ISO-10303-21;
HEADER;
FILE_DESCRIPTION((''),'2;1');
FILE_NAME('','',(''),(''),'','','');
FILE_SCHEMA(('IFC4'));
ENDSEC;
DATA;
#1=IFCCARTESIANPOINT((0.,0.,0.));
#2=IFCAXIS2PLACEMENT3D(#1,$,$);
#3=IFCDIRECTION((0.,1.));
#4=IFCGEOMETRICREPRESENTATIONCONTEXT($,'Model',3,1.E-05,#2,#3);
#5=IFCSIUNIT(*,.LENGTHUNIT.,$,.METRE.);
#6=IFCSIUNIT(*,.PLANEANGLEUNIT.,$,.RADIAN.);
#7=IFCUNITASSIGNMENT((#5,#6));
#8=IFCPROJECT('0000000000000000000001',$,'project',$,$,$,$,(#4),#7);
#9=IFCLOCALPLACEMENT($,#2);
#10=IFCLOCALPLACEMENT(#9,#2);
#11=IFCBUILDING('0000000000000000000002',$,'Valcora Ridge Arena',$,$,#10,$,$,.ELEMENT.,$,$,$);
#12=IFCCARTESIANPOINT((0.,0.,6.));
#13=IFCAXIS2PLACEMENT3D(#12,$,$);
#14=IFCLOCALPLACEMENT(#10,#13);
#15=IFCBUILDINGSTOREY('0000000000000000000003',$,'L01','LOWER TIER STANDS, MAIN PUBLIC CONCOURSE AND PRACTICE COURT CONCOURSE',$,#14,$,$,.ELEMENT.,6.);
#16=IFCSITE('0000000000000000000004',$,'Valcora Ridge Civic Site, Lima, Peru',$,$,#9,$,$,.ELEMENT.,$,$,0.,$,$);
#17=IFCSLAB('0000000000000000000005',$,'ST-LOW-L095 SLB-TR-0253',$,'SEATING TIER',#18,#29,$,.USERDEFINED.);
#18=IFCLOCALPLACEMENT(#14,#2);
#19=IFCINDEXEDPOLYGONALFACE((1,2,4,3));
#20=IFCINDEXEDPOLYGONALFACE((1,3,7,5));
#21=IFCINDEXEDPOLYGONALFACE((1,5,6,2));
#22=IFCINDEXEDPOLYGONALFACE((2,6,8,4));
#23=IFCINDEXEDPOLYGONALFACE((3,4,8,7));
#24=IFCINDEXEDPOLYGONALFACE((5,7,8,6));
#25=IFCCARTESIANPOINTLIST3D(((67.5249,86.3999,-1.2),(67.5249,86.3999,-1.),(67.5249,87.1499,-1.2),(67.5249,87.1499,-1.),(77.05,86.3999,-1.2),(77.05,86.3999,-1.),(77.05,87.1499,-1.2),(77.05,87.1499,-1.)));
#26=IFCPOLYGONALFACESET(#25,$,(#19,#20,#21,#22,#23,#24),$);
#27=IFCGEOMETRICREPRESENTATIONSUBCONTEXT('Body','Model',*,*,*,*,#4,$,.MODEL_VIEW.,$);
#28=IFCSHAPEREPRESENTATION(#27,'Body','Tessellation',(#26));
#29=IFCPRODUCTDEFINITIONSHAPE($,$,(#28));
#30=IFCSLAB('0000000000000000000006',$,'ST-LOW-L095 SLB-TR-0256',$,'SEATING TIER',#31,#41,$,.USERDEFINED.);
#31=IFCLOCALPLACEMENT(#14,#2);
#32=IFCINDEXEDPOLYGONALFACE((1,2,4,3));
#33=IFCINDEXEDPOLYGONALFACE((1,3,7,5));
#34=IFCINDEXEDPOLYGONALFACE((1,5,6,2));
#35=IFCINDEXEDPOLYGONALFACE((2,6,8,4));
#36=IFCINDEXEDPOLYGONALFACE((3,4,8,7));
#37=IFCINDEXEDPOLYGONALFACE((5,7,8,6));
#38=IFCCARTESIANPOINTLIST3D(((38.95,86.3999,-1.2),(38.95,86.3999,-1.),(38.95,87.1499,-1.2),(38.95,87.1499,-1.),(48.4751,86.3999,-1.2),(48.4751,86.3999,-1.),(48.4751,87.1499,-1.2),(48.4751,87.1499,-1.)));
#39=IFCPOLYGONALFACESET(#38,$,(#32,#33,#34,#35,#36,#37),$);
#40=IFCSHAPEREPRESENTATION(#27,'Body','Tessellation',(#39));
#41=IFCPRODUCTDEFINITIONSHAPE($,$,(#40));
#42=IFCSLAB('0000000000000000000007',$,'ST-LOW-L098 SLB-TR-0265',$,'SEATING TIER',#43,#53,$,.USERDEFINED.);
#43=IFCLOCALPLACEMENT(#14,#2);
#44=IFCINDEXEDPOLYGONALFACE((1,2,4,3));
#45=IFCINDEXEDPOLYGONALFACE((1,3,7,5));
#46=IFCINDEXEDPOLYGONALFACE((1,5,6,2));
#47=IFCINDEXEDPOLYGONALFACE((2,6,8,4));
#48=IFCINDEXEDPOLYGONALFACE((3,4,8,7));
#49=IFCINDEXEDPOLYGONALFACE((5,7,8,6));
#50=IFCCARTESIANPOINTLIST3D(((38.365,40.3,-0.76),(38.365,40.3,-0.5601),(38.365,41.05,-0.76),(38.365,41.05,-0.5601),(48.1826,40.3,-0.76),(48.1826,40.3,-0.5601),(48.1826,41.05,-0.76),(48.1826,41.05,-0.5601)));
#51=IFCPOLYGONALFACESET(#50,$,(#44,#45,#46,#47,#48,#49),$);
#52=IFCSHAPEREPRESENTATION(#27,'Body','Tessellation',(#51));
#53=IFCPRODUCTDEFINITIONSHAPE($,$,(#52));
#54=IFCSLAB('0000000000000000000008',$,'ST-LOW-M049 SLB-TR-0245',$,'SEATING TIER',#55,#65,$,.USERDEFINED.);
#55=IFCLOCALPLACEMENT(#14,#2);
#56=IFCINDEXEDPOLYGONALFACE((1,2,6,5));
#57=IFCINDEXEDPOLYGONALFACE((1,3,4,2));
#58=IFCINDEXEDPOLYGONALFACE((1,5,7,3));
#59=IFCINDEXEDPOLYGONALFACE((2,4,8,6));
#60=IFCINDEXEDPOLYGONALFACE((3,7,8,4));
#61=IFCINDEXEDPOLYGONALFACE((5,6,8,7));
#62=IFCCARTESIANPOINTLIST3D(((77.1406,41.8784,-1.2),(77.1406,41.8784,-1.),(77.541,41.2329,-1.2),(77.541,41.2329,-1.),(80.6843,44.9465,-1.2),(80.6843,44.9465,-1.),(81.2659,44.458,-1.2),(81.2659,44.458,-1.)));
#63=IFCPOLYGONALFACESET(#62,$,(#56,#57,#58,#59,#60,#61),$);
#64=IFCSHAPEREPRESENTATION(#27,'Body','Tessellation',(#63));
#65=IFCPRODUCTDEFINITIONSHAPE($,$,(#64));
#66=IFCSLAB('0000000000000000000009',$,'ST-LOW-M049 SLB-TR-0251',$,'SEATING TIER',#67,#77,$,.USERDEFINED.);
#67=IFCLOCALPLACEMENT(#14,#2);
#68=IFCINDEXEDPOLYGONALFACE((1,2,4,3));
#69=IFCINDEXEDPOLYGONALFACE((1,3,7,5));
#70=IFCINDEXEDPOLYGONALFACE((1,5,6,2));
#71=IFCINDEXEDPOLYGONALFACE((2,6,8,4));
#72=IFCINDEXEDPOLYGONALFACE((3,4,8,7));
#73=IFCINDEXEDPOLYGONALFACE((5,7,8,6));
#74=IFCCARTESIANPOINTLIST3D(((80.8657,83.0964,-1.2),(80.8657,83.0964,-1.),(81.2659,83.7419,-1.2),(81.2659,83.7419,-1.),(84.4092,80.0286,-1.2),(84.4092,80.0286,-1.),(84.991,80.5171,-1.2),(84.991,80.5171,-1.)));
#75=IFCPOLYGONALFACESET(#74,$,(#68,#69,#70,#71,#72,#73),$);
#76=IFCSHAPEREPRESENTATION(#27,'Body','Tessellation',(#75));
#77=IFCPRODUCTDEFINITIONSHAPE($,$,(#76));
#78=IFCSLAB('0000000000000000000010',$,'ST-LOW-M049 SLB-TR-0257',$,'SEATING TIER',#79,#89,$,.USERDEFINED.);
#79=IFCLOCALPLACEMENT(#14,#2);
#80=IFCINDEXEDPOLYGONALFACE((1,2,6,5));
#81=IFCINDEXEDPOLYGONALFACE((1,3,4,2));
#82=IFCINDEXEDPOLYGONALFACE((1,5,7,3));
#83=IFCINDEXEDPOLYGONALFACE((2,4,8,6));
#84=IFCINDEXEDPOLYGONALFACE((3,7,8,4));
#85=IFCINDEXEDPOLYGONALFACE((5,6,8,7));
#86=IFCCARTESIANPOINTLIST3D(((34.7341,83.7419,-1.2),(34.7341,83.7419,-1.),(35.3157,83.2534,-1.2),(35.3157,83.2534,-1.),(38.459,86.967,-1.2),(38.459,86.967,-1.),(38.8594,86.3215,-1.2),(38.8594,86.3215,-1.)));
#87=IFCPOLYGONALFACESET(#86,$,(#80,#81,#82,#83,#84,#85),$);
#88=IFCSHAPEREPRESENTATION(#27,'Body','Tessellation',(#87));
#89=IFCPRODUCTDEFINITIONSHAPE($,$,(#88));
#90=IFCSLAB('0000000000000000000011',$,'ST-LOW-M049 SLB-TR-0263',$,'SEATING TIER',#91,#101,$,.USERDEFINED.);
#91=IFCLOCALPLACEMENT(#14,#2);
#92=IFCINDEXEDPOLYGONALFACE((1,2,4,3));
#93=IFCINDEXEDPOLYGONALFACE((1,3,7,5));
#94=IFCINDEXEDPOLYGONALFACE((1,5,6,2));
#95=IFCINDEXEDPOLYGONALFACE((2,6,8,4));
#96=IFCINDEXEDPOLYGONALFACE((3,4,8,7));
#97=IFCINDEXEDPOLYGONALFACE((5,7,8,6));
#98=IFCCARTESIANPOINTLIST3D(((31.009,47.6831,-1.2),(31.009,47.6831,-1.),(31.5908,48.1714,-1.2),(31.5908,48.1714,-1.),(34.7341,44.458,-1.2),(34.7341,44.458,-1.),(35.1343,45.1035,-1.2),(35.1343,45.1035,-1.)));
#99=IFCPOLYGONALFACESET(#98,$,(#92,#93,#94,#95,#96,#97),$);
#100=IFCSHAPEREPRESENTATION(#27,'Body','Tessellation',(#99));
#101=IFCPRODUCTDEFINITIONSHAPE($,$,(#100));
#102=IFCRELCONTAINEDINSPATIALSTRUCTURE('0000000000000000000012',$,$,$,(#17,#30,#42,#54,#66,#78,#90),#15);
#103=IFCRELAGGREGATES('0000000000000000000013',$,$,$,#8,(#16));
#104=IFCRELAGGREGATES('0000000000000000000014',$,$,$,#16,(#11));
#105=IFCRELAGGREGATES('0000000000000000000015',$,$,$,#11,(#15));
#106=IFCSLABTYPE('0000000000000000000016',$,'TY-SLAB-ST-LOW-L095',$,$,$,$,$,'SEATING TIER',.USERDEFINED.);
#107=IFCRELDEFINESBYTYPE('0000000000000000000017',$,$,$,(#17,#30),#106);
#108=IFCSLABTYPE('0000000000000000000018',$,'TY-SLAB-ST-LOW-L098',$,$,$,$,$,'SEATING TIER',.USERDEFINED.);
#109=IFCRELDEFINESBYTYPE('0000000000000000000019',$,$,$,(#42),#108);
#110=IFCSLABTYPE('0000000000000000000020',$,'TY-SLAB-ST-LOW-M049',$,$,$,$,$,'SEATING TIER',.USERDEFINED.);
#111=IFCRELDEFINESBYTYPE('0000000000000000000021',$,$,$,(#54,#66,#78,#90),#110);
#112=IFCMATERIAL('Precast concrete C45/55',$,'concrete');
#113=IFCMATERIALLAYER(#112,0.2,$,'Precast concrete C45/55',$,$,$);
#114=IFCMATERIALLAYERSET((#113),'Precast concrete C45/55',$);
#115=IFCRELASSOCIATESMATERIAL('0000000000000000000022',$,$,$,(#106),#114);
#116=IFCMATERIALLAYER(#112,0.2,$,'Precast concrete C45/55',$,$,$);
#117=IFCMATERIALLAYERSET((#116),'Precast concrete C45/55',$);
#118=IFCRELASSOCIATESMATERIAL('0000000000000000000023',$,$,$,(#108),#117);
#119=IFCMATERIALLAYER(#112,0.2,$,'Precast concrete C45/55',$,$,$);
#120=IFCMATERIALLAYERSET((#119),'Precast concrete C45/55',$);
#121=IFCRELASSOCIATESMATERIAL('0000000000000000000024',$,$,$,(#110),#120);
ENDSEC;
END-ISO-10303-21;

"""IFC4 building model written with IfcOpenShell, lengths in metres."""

from ifc_helpers import new_model, si_unit, direction, frame, origin, place, context, subcontext, project, spatial, polyline, outline, extrude, material, layer, layer_set, type_object, element, save


model = new_model("IFC4")

# Units and contexts
model_context = context("Model", 3, precision=1e-05, world=origin(), true_north=direction((0.0, 1.0)))
body_context = subcontext(model_context, "Body", "Model", "MODEL_VIEW")
ifc_project = project(units=[si_unit("LENGTHUNIT", "METRE"), si_unit("PLANEANGLEUNIT", "RADIAN")], contexts=[model_context])

# Site, building, storey
site_placement = place(None, origin())
site = spatial("IfcSite", under=ifc_project, at=site_placement, Name="Valcora Ridge Civic Site, Lima, Peru", CompositionType="ELEMENT", RefElevation=0.0)
building_placement = place(site_placement, origin())
building = spatial("IfcBuilding", under=site, at=building_placement, Name="Valcora Ridge Arena", CompositionType="ELEMENT")
storey_placement = place(building_placement, frame((0.0, 0.0, 6.0)))
storey = spatial("IfcBuildingStorey", under=building, at=storey_placement, Name="L01", Description="LOWER TIER STANDS, MAIN PUBLIC CONCOURSE AND PRACTICE COURT CONCOURSE", CompositionType="ELEMENT", Elevation=6.0)

# Slabs
ifc_material = material(Name="Precast concrete C45/55", Category="concrete")
ifc_layer_1 = layer(ifc_material, 0.2, Name="Precast concrete C45/55")
ifc_layer_set_1 = layer_set([ifc_layer_1], Name="Precast concrete C45/55")
slab_type_1 = type_object("IfcSlabType", Name="TY-SLAB-ST-LOW-L095", ElementType="SEATING TIER", PredefinedType="USERDEFINED", material=ifc_layer_set_1)
slab_1_placement = place(storey_placement, frame((0.0, 0.0, -1.2)))
element("IfcSlab", 1, at=slab_1_placement, inside=storey, type_object=slab_type_1, Name="ST-LOW-L095 SLB-TR-0253", ObjectType="SEATING TIER", PredefinedType="USERDEFINED", context=body_context, shape_type="SweptSolid", body=[
    extrude(outline(polyline([(77.05, 86.3999), (67.5249, 86.3999), (67.5249, 87.1499), (77.05, 87.1499), (77.05, 86.3999)])), origin(), (0.0, 0.0, 1.0), 0.2),
])
slab_2_placement = place(storey_placement, frame((0.0, 0.0, -1.2)))
element("IfcSlab", 2, at=slab_2_placement, inside=storey, type_object=slab_type_1, Name="ST-LOW-L095 SLB-TR-0256", ObjectType="SEATING TIER", PredefinedType="USERDEFINED", context=body_context, shape_type="SweptSolid", body=[
    extrude(outline(polyline([(48.4751, 86.3999), (38.95, 86.3999), (38.95, 87.1499), (48.4751, 87.1499), (48.4751, 86.3999)])), origin(), (0.0, 0.0, 1.0), 0.2),
])
ifc_layer_2 = layer(ifc_material, 0.2, Name="Precast concrete C45/55")
ifc_layer_set_2 = layer_set([ifc_layer_2], Name="Precast concrete C45/55")
slab_type_2 = type_object("IfcSlabType", Name="TY-SLAB-ST-LOW-L098", ElementType="SEATING TIER", PredefinedType="USERDEFINED", material=ifc_layer_set_2)
slab_3_placement = place(storey_placement, frame((0.0, 0.0, -0.76)))
element("IfcSlab", 3, at=slab_3_placement, inside=storey, type_object=slab_type_2, Name="ST-LOW-L098 SLB-TR-0265", ObjectType="SEATING TIER", PredefinedType="USERDEFINED", context=body_context, shape_type="SweptSolid", body=[
    extrude(outline(polyline([(38.365, 41.05), (48.1826, 41.05), (48.1826, 40.3), (38.365, 40.3), (38.365, 41.05)])), origin(), (0.0, 0.0, 1.0), 0.2),
])
ifc_layer_3 = layer(ifc_material, 0.2, Name="Precast concrete C45/55")
ifc_layer_set_3 = layer_set([ifc_layer_3], Name="Precast concrete C45/55")
slab_type_3 = type_object("IfcSlabType", Name="TY-SLAB-ST-LOW-M049", ElementType="SEATING TIER", PredefinedType="USERDEFINED", material=ifc_layer_set_3)
slab_4_placement = place(storey_placement, frame((0.0, 0.0, -1.2)))
element("IfcSlab", 4, at=slab_4_placement, inside=storey, type_object=slab_type_3, Name="ST-LOW-M049 SLB-TR-0245", ObjectType="SEATING TIER", PredefinedType="USERDEFINED", context=body_context, shape_type="SweptSolid", body=[
    extrude(outline(polyline([(77.1406, 41.8784), (80.6843, 44.9465), (81.2659, 44.458), (77.541, 41.2329), (77.1406, 41.8784)])), origin(), (0.0, 0.0, 1.0), 0.2),
])
slab_5_placement = place(storey_placement, frame((0.0, 0.0, -1.2)))
element("IfcSlab", 5, at=slab_5_placement, inside=storey, type_object=slab_type_3, Name="ST-LOW-M049 SLB-TR-0251", ObjectType="SEATING TIER", PredefinedType="USERDEFINED", context=body_context, shape_type="SweptSolid", body=[
    extrude(outline(polyline([(84.4092, 80.0286), (80.8657, 83.0964), (81.2659, 83.7419), (84.991, 80.5171), (84.4092, 80.0286)])), origin(), (0.0, 0.0, 1.0), 0.2),
])
slab_6_placement = place(storey_placement, frame((0.0, 0.0, -1.2)))
element("IfcSlab", 6, at=slab_6_placement, inside=storey, type_object=slab_type_3, Name="ST-LOW-M049 SLB-TR-0257", ObjectType="SEATING TIER", PredefinedType="USERDEFINED", context=body_context, shape_type="SweptSolid", body=[
    extrude(outline(polyline([(38.8594, 86.3215), (35.3157, 83.2534), (34.7341, 83.7419), (38.459, 86.967), (38.8594, 86.3215)])), origin(), (0.0, 0.0, 1.0), 0.2),
])
slab_7_placement = place(storey_placement, frame((0.0, 0.0, -1.2)))
element("IfcSlab", 7, at=slab_7_placement, inside=storey, type_object=slab_type_3, Name="ST-LOW-M049 SLB-TR-0263", ObjectType="SEATING TIER", PredefinedType="USERDEFINED", context=body_context, shape_type="SweptSolid", body=[
    extrude(outline(polyline([(31.5908, 48.1714), (35.1343, 45.1035), (34.7341, 44.458), (31.009, 47.6831), (31.5908, 48.1714)])), origin(), (0.0, 0.0, 1.0), 0.2),
])

save(model, "model.ifc")
